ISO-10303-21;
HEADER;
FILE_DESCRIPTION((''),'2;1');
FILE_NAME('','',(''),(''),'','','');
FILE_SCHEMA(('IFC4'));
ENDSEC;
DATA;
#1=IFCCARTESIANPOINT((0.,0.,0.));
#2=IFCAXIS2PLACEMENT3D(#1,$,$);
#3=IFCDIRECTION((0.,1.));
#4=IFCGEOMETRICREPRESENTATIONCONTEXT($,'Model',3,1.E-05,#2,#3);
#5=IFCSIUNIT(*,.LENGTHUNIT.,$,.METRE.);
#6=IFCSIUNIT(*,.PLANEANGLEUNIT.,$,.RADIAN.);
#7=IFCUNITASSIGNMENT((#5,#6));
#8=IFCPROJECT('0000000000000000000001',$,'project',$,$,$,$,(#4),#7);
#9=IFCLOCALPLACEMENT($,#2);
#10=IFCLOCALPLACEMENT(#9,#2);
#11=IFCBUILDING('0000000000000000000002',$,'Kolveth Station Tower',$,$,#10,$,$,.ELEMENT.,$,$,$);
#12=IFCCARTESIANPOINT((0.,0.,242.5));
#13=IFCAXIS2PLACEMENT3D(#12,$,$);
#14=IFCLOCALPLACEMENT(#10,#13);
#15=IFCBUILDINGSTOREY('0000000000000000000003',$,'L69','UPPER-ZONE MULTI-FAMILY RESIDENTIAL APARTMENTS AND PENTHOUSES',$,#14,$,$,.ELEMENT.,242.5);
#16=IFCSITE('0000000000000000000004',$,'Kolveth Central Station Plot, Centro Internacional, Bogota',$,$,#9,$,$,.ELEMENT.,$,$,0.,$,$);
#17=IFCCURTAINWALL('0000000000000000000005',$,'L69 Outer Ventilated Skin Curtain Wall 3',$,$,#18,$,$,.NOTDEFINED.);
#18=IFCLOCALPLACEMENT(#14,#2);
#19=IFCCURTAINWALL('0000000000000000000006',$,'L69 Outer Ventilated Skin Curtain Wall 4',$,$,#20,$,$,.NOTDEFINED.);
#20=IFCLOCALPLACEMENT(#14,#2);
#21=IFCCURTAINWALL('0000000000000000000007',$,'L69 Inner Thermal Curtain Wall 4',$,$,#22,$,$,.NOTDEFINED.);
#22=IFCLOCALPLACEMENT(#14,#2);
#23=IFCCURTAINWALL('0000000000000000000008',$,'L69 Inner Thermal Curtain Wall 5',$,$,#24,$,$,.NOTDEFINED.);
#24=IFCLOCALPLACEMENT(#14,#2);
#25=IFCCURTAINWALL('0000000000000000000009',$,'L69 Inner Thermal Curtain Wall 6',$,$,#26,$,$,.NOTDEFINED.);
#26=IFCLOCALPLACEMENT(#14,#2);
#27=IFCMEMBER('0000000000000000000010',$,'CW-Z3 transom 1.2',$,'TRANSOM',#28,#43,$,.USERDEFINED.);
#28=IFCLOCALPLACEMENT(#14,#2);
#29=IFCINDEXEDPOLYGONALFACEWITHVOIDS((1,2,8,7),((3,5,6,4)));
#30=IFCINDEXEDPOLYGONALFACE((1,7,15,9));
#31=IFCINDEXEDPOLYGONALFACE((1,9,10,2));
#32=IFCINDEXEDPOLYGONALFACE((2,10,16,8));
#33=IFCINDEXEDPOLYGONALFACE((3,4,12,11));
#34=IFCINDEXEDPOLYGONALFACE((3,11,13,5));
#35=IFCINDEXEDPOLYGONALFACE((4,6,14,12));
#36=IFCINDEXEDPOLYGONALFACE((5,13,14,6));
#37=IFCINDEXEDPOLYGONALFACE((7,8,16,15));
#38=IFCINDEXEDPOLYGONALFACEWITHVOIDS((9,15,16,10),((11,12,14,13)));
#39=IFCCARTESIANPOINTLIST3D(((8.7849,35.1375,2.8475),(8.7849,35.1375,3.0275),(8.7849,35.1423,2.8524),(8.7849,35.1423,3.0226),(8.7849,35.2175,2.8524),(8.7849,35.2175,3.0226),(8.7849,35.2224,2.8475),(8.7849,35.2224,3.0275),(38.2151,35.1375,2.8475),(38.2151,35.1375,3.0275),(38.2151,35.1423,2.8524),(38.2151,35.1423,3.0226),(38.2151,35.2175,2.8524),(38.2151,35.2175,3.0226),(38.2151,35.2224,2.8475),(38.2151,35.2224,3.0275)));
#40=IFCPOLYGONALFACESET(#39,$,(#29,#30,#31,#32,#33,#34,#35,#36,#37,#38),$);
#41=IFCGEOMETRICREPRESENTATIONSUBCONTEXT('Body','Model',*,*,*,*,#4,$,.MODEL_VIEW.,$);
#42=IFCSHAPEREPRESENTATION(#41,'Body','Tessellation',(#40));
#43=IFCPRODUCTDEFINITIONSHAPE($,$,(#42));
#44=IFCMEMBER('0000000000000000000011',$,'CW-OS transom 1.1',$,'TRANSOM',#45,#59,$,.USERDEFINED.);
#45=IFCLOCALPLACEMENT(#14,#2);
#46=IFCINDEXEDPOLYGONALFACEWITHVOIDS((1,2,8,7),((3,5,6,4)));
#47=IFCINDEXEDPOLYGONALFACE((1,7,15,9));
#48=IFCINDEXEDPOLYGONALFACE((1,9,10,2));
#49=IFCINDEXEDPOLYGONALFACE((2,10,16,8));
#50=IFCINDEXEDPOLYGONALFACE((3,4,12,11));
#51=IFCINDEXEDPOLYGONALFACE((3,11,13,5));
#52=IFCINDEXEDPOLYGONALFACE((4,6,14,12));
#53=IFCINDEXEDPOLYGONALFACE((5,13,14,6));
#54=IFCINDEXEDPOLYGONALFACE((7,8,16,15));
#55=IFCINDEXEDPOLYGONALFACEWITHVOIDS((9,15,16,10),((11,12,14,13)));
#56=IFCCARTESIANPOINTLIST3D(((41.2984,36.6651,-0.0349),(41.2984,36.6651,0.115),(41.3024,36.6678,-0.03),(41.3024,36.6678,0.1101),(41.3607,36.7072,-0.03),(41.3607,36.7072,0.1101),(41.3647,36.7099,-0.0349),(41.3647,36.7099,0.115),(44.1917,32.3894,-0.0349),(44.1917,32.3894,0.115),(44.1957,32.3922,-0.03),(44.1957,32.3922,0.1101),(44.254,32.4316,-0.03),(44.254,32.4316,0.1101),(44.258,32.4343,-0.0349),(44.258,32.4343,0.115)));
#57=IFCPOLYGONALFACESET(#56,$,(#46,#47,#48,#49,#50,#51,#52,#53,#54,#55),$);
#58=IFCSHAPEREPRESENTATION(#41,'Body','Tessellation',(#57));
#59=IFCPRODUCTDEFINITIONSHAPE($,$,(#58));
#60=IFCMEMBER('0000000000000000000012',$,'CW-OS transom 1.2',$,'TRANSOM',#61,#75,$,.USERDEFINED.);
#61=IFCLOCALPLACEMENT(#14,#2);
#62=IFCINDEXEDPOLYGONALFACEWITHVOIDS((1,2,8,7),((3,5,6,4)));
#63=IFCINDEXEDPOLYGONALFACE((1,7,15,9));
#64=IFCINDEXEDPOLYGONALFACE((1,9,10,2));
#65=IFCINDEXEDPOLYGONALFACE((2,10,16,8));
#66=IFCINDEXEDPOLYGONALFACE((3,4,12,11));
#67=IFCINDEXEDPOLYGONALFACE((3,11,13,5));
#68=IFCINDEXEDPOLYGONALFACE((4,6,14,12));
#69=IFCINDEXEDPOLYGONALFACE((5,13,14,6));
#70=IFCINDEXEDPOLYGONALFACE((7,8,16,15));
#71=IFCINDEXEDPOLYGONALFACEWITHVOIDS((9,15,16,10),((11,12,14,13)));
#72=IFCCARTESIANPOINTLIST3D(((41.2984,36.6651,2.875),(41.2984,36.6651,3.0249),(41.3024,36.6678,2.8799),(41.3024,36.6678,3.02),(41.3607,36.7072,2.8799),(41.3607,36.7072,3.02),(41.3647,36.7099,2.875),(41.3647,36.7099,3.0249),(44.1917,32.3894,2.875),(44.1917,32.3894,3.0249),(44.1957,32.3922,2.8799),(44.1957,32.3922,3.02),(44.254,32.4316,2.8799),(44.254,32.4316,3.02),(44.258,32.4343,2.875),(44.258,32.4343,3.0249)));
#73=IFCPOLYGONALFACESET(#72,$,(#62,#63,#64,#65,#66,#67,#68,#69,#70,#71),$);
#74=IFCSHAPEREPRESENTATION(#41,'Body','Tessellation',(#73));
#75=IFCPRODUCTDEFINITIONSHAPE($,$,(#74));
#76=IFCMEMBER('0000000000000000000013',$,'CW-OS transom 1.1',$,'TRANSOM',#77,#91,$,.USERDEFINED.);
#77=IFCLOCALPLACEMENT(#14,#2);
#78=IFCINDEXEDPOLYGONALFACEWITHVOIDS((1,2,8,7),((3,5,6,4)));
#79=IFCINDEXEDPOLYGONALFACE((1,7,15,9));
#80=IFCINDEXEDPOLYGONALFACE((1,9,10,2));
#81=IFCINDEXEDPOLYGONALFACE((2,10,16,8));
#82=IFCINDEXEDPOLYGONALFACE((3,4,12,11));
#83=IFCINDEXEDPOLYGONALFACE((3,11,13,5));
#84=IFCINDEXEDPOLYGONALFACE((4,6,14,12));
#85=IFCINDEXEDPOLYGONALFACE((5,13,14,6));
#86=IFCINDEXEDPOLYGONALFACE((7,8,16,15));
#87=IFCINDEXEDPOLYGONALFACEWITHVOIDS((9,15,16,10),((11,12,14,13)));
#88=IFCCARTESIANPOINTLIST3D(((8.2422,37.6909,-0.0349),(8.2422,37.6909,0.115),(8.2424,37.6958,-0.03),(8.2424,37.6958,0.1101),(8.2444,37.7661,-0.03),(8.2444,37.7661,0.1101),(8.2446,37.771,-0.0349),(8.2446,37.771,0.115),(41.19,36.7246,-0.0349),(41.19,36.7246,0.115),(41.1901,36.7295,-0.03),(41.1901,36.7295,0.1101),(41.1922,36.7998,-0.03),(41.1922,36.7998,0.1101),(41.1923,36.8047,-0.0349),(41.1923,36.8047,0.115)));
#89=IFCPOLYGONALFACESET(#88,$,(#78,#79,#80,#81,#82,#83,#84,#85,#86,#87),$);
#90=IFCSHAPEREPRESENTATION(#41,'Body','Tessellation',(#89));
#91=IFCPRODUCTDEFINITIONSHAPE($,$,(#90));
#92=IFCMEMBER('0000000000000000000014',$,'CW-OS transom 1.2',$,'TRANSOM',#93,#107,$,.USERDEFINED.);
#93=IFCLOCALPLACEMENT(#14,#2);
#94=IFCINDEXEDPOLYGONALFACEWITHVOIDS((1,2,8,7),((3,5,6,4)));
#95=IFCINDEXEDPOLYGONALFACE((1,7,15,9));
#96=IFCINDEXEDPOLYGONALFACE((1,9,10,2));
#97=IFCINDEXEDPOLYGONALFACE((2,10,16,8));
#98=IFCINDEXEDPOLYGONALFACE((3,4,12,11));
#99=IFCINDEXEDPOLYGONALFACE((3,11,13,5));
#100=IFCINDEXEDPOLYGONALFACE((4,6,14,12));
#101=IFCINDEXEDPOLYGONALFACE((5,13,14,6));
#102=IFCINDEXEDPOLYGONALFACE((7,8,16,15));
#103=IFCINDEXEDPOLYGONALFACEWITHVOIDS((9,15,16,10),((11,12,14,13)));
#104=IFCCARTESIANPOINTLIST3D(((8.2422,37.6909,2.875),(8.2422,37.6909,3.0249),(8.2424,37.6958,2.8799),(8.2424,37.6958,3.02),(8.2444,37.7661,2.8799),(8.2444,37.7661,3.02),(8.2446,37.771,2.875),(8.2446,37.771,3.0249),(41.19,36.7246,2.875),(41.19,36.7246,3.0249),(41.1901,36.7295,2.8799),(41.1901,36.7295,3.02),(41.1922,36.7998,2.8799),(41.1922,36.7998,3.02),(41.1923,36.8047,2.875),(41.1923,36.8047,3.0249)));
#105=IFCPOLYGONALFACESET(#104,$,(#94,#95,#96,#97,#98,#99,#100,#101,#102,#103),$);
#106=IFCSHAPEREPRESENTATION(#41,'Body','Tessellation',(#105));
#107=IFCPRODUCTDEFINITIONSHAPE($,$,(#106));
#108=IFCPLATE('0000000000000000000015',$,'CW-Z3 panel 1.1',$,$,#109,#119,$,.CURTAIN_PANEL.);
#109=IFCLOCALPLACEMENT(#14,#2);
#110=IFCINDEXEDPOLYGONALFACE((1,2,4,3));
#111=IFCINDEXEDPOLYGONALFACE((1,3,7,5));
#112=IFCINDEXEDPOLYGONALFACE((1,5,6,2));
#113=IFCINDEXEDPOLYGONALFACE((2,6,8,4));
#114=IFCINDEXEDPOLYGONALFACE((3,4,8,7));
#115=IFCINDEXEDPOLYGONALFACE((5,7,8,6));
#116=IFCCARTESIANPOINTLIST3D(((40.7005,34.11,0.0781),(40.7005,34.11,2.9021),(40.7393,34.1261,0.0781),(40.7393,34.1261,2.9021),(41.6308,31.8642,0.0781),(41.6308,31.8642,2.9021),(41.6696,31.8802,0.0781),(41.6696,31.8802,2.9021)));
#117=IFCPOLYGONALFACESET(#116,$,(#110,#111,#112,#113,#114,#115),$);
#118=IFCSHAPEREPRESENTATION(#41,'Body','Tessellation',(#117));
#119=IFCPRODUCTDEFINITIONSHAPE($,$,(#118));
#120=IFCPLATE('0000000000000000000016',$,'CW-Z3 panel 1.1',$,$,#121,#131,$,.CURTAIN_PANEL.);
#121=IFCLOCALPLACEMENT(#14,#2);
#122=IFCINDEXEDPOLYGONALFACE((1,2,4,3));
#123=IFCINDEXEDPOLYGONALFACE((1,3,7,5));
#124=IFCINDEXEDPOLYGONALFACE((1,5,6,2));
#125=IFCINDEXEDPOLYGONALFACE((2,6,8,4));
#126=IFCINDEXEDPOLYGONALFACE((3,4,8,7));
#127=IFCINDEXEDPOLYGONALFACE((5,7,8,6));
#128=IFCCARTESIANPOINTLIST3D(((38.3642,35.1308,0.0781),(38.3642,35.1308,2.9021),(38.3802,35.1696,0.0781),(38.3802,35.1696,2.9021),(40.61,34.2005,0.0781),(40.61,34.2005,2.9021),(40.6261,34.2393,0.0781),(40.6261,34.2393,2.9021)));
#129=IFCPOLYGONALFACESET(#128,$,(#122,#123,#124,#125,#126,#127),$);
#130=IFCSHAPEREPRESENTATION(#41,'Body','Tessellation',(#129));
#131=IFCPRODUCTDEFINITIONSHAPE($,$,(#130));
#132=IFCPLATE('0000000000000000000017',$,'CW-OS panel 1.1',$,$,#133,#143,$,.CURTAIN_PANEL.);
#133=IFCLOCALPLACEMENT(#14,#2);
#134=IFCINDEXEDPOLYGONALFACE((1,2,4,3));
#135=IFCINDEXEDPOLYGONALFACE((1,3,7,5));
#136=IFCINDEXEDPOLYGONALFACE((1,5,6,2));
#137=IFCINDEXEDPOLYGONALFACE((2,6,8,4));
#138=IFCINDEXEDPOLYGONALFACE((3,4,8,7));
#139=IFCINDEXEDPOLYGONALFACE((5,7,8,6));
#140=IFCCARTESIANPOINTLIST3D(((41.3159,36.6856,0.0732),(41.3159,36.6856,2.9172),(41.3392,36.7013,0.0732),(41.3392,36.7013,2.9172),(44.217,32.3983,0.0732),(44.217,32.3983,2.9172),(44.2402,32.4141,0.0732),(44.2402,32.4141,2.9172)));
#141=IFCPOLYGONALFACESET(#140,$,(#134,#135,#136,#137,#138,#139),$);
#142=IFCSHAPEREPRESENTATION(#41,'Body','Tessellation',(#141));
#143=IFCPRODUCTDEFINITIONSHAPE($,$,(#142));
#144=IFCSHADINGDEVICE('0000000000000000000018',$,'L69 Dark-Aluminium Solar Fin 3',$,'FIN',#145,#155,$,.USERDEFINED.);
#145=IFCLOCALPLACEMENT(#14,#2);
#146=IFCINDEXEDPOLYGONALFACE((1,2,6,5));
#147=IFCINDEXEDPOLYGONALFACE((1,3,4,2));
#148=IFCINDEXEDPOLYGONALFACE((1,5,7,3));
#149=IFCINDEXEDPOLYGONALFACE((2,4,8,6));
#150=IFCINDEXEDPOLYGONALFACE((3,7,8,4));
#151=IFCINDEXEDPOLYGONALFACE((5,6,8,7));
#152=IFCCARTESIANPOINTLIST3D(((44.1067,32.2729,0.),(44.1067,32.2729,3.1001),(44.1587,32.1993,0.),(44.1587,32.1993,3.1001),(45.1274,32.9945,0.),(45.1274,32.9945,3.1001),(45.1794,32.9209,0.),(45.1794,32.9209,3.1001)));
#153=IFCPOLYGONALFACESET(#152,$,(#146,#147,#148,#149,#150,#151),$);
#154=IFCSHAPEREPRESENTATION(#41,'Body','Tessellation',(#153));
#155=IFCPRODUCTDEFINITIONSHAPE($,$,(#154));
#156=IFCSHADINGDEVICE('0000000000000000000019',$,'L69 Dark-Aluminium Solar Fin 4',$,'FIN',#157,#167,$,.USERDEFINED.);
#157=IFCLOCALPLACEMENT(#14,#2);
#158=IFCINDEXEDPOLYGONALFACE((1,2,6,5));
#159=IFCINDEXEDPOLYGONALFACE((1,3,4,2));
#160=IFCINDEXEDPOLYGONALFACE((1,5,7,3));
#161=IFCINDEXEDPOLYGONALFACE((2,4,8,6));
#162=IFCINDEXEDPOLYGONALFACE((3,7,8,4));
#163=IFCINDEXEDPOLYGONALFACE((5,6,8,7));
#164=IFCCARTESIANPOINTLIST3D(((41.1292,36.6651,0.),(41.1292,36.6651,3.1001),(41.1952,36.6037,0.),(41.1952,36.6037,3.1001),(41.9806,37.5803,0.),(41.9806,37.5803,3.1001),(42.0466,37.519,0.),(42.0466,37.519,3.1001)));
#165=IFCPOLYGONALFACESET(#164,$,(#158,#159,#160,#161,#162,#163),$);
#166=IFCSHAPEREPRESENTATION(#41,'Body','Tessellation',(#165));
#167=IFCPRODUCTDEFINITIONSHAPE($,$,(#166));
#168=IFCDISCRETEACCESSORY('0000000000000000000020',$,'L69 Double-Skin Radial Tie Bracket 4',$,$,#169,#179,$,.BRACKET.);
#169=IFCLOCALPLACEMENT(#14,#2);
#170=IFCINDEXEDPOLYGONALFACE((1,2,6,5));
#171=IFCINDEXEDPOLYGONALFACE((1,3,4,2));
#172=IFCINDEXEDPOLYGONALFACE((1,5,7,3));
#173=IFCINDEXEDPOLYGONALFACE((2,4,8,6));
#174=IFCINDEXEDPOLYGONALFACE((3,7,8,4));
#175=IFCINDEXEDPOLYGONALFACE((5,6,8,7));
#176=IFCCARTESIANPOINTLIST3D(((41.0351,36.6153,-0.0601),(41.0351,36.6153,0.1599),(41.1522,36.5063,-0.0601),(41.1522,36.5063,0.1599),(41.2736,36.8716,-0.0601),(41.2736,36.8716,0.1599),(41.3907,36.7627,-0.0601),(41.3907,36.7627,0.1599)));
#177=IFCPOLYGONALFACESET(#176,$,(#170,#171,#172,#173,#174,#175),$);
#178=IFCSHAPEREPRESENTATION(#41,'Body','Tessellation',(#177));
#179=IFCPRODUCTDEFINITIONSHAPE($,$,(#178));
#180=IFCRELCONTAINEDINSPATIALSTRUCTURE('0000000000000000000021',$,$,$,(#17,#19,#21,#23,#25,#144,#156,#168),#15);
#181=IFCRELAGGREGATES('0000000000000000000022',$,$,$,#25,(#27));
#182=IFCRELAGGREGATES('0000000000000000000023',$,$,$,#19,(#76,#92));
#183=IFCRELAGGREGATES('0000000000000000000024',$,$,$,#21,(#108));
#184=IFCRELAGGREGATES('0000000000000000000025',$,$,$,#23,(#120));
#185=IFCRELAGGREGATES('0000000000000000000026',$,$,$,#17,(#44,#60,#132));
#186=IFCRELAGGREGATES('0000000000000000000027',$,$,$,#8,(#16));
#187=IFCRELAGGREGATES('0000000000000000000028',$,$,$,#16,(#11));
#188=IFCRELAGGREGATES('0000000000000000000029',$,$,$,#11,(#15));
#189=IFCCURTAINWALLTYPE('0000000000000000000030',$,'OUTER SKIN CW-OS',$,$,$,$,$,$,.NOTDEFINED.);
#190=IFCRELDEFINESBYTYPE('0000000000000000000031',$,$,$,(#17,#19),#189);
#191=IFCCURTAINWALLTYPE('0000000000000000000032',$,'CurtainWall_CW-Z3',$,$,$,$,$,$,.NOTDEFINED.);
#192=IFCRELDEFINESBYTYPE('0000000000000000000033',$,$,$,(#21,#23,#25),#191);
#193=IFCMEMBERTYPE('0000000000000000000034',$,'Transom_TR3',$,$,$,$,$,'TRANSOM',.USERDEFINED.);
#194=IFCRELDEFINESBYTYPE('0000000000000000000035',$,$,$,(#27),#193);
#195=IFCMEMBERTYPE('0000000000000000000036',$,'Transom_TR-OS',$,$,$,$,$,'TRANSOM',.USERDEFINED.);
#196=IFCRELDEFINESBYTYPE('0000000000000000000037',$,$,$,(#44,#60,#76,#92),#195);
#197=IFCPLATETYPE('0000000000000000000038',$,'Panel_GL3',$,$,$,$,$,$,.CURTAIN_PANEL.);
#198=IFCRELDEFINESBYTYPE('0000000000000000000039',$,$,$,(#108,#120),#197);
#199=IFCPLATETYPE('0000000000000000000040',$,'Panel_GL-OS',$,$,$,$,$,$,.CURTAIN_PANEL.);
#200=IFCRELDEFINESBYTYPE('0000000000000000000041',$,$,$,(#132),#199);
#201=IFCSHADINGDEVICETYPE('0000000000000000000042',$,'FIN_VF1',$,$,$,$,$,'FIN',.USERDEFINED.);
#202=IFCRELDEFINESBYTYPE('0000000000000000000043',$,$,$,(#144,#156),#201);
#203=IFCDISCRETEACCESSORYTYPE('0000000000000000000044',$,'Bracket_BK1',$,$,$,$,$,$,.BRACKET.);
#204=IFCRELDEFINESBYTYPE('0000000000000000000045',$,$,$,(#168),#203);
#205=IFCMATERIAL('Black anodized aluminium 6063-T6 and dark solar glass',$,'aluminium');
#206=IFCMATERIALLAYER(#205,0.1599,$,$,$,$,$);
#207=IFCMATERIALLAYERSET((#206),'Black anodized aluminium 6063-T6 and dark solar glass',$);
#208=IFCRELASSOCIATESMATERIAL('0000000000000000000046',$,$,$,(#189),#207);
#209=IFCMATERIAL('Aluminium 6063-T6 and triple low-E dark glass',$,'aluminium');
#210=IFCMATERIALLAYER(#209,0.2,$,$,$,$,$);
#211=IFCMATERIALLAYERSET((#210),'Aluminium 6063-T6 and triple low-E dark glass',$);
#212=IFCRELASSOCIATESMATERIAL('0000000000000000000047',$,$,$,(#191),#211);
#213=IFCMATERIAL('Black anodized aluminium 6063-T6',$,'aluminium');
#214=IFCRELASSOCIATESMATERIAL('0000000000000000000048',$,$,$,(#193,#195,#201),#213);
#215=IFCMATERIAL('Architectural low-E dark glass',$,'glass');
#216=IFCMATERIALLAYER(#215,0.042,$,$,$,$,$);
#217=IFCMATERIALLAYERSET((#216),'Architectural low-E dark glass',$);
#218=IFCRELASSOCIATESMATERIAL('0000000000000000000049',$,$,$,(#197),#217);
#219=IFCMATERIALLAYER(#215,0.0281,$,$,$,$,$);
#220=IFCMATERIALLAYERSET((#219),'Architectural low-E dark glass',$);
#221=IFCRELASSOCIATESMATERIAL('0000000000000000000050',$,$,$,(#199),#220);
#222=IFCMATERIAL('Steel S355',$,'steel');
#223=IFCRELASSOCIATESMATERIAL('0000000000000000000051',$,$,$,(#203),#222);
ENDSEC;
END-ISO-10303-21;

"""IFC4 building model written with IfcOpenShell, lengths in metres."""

from ifc_helpers import new_model, si_unit, direction, frame, origin, origin_2d, place, context, subcontext, project, spatial, rectangle, hollow_rectangle, extrude, source, transform, mapped, material, layer, layer_set, material_profile, profile_set, type_object, element, aggregate, save


model = new_model("IFC4")

# Units and contexts
model_context = context("Model", 3, precision=1e-05, world=origin(), true_north=direction((0.0, 1.0)))
body_context = subcontext(model_context, "Body", "Model", "MODEL_VIEW")
ifc_project = project(units=[si_unit("LENGTHUNIT", "METRE"), si_unit("PLANEANGLEUNIT", "RADIAN")], contexts=[model_context])

# Site, building, storey
site_placement = place(None, origin())
site = spatial("IfcSite", under=ifc_project, at=site_placement, Name="Kolveth Central Station Plot, Centro Internacional, Bogota", CompositionType="ELEMENT", RefElevation=0.0)
building_placement = place(site_placement, origin())
building = spatial("IfcBuilding", under=site, at=building_placement, Name="Kolveth Station Tower", CompositionType="ELEMENT")
storey_placement = place(building_placement, frame((0.0, 0.0, 242.5)))
storey = spatial("IfcBuildingStorey", under=building, at=storey_placement, Name="L69", Description="UPPER-ZONE MULTI-FAMILY RESIDENTIAL APARTMENTS AND PENTHOUSES", CompositionType="ELEMENT", Elevation=242.5)

# Curtain wall
ifc_material_1 = material(Name="Black anodized aluminium 6063-T6 and dark solar glass", Category="aluminium")
ifc_layer_1 = layer(ifc_material_1, 0.1599)
ifc_layer_set_1 = layer_set([ifc_layer_1], Name="Black anodized aluminium 6063-T6 and dark solar glass")
curtain_wall_type_1 = type_object("IfcCurtainWallType", Name="OUTER SKIN CW-OS", PredefinedType="NOTDEFINED", material=ifc_layer_set_1)
curtain_wall_1_placement = place(storey_placement, origin())
curtain_wall_1 = element("IfcCurtainWall", 1, at=curtain_wall_1_placement, inside=storey, type_object=curtain_wall_type_1, Name="L69 Outer Ventilated Skin Curtain Wall 3", PredefinedType="NOTDEFINED")
ifc_material_2 = material(Name="Black anodized aluminium 6063-T6", Category="aluminium")

# Curtain walls
curtain_wall_2_placement = place(storey_placement, origin())
curtain_wall_2 = element("IfcCurtainWall", 2, at=curtain_wall_2_placement, inside=storey, type_object=curtain_wall_type_1, Name="L69 Outer Ventilated Skin Curtain Wall 4", PredefinedType="NOTDEFINED")
ifc_material_3 = material(Name="Aluminium 6063-T6 and triple low-E dark glass", Category="aluminium")
ifc_layer_2 = layer(ifc_material_3, 0.2)
ifc_layer_set_2 = layer_set([ifc_layer_2], Name="Aluminium 6063-T6 and triple low-E dark glass")
curtain_wall_type_2 = type_object("IfcCurtainWallType", Name="CurtainWall_CW-Z3", PredefinedType="NOTDEFINED", material=ifc_layer_set_2)
curtain_wall_3_placement = place(storey_placement, origin())
curtain_wall_3 = element("IfcCurtainWall", 3, at=curtain_wall_3_placement, inside=storey, type_object=curtain_wall_type_2, Name="L69 Inner Thermal Curtain Wall 4", PredefinedType="NOTDEFINED")

# Curtain wall
curtain_wall_4_placement = place(storey_placement, origin())
curtain_wall_4 = element("IfcCurtainWall", 4, at=curtain_wall_4_placement, inside=storey, type_object=curtain_wall_type_2, Name="L69 Inner Thermal Curtain Wall 5", PredefinedType="NOTDEFINED")

# Curtain wall
curtain_wall_5_placement = place(storey_placement, origin())
curtain_wall_5 = element("IfcCurtainWall", 5, at=curtain_wall_5_placement, inside=storey, type_object=curtain_wall_type_2, Name="L69 Inner Thermal Curtain Wall 6", PredefinedType="NOTDEFINED")

# Members
ifc_material_profile_1 = material_profile(ifc_material_2, hollow_rectangle(XDim=0.085, YDim=0.1799, WallThickness=0.0049, at=origin_2d()), Name="ALU-85x180x5")
ifc_profile_set_1 = profile_set([ifc_material_profile_1], Name="Black anodized aluminium 6063-T6")
member_type_1 = type_object("IfcMemberType", Name="Transom_TR3", ElementType="TRANSOM", PredefinedType="USERDEFINED", material=ifc_profile_set_1)
shared_shape_1 = source(origin(), body_context, "Body", "SweptSolid", [
    extrude(hollow_rectangle(XDim=0.085, YDim=0.1799, WallThickness=0.0049, at=origin_2d()), origin(), (0.0, 0.0, 1.0), 29.4302),
])
member_1_placement = place(storey_placement, frame((38.2151, 35.1799, 2.9375), z_axis=(-1.0, 0.0, 0.0), x_axis=(0.0, -1.0, 0.0)))
member_1 = element("IfcMember", 6, at=member_1_placement, type_object=member_type_1, Name="CW-Z3 transom 1.2", ObjectType="TRANSOM", PredefinedType="USERDEFINED", context=body_context, shape_type="MappedRepresentation", body=[
    mapped(shared_shape_1, transform((0.0, 0.0, 0.0), x_axis=(1.0, 0.0, 0.0), y_axis=(0.0, 1.0, 0.0), z_axis=(0.0, 0.0, 1.0), scale=1.0)),
])
aggregate(curtain_wall_5, [member_1])
ifc_material_profile_2 = material_profile(ifc_material_2, hollow_rectangle(XDim=0.0801, YDim=0.1499, WallThickness=0.0049, at=origin_2d()), Name="ALU-80x150x5")
ifc_profile_set_2 = profile_set([ifc_material_profile_2], Name="Black anodized aluminium 6063-T6")
member_type_2 = type_object("IfcMemberType", Name="Transom_TR-OS", ElementType="TRANSOM", PredefinedType="USERDEFINED", material=ifc_profile_set_2)
shared_shape_2 = source(origin(), body_context, "Body", "SweptSolid", [
    extrude(hollow_rectangle(XDim=0.0801, YDim=0.1499, WallThickness=0.0049, at=origin_2d()), origin(), (0.0, 0.0, 1.0), 5.1626),
])
member_2_placement = place(storey_placement, frame((44.2249, 32.4119, 0.04), z_axis=(-0.560438, 0.828196, 0.0), x_axis=(-0.828196, -0.560438, 0.0)))
member_2 = element("IfcMember", 7, at=member_2_placement, type_object=member_type_2, Name="CW-OS transom 1.1", ObjectType="TRANSOM", PredefinedType="USERDEFINED", context=body_context, shape_type="MappedRepresentation", body=[
    mapped(shared_shape_2, transform((0.0, 0.0, 0.0), x_axis=(1.0, 0.0, 0.0), y_axis=(0.0, 1.0, 0.0), z_axis=(0.0, 0.0, 1.0), scale=1.0)),
])
member_3_placement = place(storey_placement, frame((44.2249, 32.4119, 2.95), z_axis=(-0.560438, 0.828196, 0.0), x_axis=(-0.828196, -0.560438, 0.0)))
member_3 = element("IfcMember", 8, at=member_3_placement, type_object=member_type_2, Name="CW-OS transom 1.2", ObjectType="TRANSOM", PredefinedType="USERDEFINED", context=body_context, shape_type="MappedRepresentation", body=[
    mapped(shared_shape_2, transform((0.0, 0.0, 0.0), x_axis=(1.0, 0.0, 0.0), y_axis=(0.0, 1.0, 0.0), z_axis=(0.0, 0.0, 1.0), scale=1.0)),
])
shared_shape_3 = source(origin(), body_context, "Body", "SweptSolid", [
    extrude(hollow_rectangle(XDim=0.0801, YDim=0.1499, WallThickness=0.0049, at=origin_2d()), origin(), (0.0, 0.0, 1.0), 32.9619),
])
member_4_placement = place(storey_placement, frame((41.1912, 36.7646, 0.04), z_axis=(-0.99957, 0.029316, 0.0), x_axis=(-0.029316, -0.99957, 0.0)))
member_4 = element("IfcMember", 9, at=member_4_placement, type_object=member_type_2, Name="CW-OS transom 1.1", ObjectType="TRANSOM", PredefinedType="USERDEFINED", context=body_context, shape_type="MappedRepresentation", body=[
    mapped(shared_shape_3, transform((0.0, 0.0, 0.0), x_axis=(1.0, 0.0, 0.0), y_axis=(0.0, 1.0, 0.0), z_axis=(0.0, 0.0, 1.0), scale=1.0)),
])
member_5_placement = place(storey_placement, frame((41.1912, 36.7646, 2.95), z_axis=(-0.99957, 0.029316, 0.0), x_axis=(-0.029316, -0.99957, 0.0)))
member_5 = element("IfcMember", 10, at=member_5_placement, type_object=member_type_2, Name="CW-OS transom 1.2", ObjectType="TRANSOM", PredefinedType="USERDEFINED", context=body_context, shape_type="MappedRepresentation", body=[
    mapped(shared_shape_3, transform((0.0, 0.0, 0.0), x_axis=(1.0, 0.0, 0.0), y_axis=(0.0, 1.0, 0.0), z_axis=(0.0, 0.0, 1.0), scale=1.0)),
])
aggregate(curtain_wall_2, [member_4, member_5])

# Plates
ifc_material_4 = material(Name="Architectural low-E dark glass", Category="glass")
ifc_layer_3 = layer(ifc_material_4, 0.042)
ifc_layer_set_3 = layer_set([ifc_layer_3], Name="Architectural low-E dark glass")
plate_type_1 = type_object("IfcPlateType", Name="Panel_GL3", PredefinedType="CURTAIN_PANEL", material=ifc_layer_set_3)
shared_shape_4 = source(origin(), body_context, "Body", "SweptSolid", [
    extrude(rectangle(XDim=2.4309, YDim=0.042, at=origin_2d()), origin(), (0.0, 0.0, 1.0), 2.824),
])
plate_1_placement = place(storey_placement, frame((41.1851, 32.9951, 0.0781), z_axis=(0.0, 0.0, 1.0), x_axis=(-0.382693, 0.923875, 0.0)))
plate_1 = element("IfcPlate", 11, at=plate_1_placement, type_object=plate_type_1, Name="CW-Z3 panel 1.1", PredefinedType="CURTAIN_PANEL", context=body_context, shape_type="MappedRepresentation", body=[
    mapped(shared_shape_4, transform((0.0, 0.0, 0.0), x_axis=(1.0, 0.0, 0.0), y_axis=(0.0, 1.0, 0.0), z_axis=(0.0, 0.0, 1.0), scale=1.0)),
])
aggregate(curtain_wall_3, [plate_1])
plate_2_placement = place(storey_placement, frame((39.4951, 34.6851, 0.0781), z_axis=(0.0, 0.0, 1.0), x_axis=(-0.923875, 0.382693, 0.0)))
plate_2 = element("IfcPlate", 12, at=plate_2_placement, type_object=plate_type_1, Name="CW-Z3 panel 1.1", PredefinedType="CURTAIN_PANEL", context=body_context, shape_type="MappedRepresentation", body=[
    mapped(shared_shape_4, transform((0.0, 0.0, 0.0), x_axis=(1.0, 0.0, 0.0), y_axis=(0.0, 1.0, 0.0), z_axis=(0.0, 0.0, 1.0), scale=1.0)),
])
aggregate(curtain_wall_4, [plate_2])
ifc_layer_4 = layer(ifc_material_4, 0.0281)
ifc_layer_set_4 = layer_set([ifc_layer_4], Name="Architectural low-E dark glass")
plate_type_2 = type_object("IfcPlateType", Name="Panel_GL-OS", PredefinedType="CURTAIN_PANEL", material=ifc_layer_set_4)
shared_shape_5 = source(origin(), body_context, "Body", "SweptSolid", [
    extrude(rectangle(XDim=5.1765, YDim=0.0281, at=origin_2d()), origin(), (0.0, 0.0, 1.0), 2.844),
])
plate_3_placement = place(storey_placement, frame((42.7781, 34.5498, 0.0732), z_axis=(0.0, 0.0, 1.0), x_axis=(-0.560419, 0.828209, 0.0)))
plate_3 = element("IfcPlate", 13, at=plate_3_placement, type_object=plate_type_2, Name="CW-OS panel 1.1", PredefinedType="CURTAIN_PANEL", context=body_context, shape_type="MappedRepresentation", body=[
    mapped(shared_shape_5, transform((0.0, 0.0, 0.0), x_axis=(1.0, 0.0, 0.0), y_axis=(0.0, 1.0, 0.0), z_axis=(0.0, 0.0, 1.0), scale=1.0)),
])
aggregate(curtain_wall_1, [member_2, member_3, plate_3])

# Shading devices
shading_device_type = type_object("IfcShadingDeviceType", Name="FIN_VF1", ElementType="FIN", PredefinedType="USERDEFINED", material=ifc_material_2)
shared_shape_6 = source(origin(), body_context, "Body", "SweptSolid", [
    extrude(rectangle(XDim=1.25, YDim=0.0901, at=origin_2d()), origin(), (0.0, 0.0, 1.0), 3.1001),
])
for number, where, z_axis, x_axis, name in (
    (14, (44.6431, 32.5969, 0.0), (0.0, 0.0, 1.0), (0.816541, 0.577288, 0.0), "L69 Dark-Aluminium Solar Fin 3"),
    (15, (41.5879, 37.092, 0.0), (0.0, 0.0, 1.0), (0.681104, 0.732186, 0.0), "L69 Dark-Aluminium Solar Fin 4"),
):
    element("IfcShadingDevice", number, at=place(storey_placement, frame(where, z_axis=z_axis, x_axis=x_axis)), inside=storey, type_object=shading_device_type, Name=name, ObjectType="FIN", PredefinedType="USERDEFINED", context=body_context, shape_type="MappedRepresentation", body=[
        mapped(shared_shape_6, transform((0.0, 0.0, 0.0), x_axis=(1.0, 0.0, 0.0), y_axis=(0.0, 1.0, 0.0), z_axis=(0.0, 0.0, 1.0), scale=1.0)),
    ])

# Discrete accessory
ifc_material_5 = material(Name="Steel S355", Category="steel")
discrete_accessory_type = type_object("IfcDiscreteAccessoryType", Name="Bracket_BK1", PredefinedType="BRACKET", material=ifc_material_5)
shared_shape_7 = source(origin(), body_context, "Body", "SweptSolid", [
    extrude(rectangle(XDim=0.3501, YDim=0.1599, at=origin_2d()), origin(), (0.0, 0.0, 1.0), 0.22),
])
discrete_accessory_placement = place(storey_placement, frame((41.2129, 36.689, -0.0601), z_axis=(0.0, 0.0, 1.0), x_axis=(0.681104, 0.732186, 0.0)))
element("IfcDiscreteAccessory", 16, at=discrete_accessory_placement, inside=storey, type_object=discrete_accessory_type, Name="L69 Double-Skin Radial Tie Bracket 4", PredefinedType="BRACKET", context=body_context, shape_type="MappedRepresentation", body=[
    mapped(shared_shape_7, transform((0.0, 0.0, 0.0), x_axis=(1.0, 0.0, 0.0), y_axis=(0.0, 1.0, 0.0), z_axis=(0.0, 0.0, 1.0), scale=1.0)),
])

save(model, "model.ifc")
